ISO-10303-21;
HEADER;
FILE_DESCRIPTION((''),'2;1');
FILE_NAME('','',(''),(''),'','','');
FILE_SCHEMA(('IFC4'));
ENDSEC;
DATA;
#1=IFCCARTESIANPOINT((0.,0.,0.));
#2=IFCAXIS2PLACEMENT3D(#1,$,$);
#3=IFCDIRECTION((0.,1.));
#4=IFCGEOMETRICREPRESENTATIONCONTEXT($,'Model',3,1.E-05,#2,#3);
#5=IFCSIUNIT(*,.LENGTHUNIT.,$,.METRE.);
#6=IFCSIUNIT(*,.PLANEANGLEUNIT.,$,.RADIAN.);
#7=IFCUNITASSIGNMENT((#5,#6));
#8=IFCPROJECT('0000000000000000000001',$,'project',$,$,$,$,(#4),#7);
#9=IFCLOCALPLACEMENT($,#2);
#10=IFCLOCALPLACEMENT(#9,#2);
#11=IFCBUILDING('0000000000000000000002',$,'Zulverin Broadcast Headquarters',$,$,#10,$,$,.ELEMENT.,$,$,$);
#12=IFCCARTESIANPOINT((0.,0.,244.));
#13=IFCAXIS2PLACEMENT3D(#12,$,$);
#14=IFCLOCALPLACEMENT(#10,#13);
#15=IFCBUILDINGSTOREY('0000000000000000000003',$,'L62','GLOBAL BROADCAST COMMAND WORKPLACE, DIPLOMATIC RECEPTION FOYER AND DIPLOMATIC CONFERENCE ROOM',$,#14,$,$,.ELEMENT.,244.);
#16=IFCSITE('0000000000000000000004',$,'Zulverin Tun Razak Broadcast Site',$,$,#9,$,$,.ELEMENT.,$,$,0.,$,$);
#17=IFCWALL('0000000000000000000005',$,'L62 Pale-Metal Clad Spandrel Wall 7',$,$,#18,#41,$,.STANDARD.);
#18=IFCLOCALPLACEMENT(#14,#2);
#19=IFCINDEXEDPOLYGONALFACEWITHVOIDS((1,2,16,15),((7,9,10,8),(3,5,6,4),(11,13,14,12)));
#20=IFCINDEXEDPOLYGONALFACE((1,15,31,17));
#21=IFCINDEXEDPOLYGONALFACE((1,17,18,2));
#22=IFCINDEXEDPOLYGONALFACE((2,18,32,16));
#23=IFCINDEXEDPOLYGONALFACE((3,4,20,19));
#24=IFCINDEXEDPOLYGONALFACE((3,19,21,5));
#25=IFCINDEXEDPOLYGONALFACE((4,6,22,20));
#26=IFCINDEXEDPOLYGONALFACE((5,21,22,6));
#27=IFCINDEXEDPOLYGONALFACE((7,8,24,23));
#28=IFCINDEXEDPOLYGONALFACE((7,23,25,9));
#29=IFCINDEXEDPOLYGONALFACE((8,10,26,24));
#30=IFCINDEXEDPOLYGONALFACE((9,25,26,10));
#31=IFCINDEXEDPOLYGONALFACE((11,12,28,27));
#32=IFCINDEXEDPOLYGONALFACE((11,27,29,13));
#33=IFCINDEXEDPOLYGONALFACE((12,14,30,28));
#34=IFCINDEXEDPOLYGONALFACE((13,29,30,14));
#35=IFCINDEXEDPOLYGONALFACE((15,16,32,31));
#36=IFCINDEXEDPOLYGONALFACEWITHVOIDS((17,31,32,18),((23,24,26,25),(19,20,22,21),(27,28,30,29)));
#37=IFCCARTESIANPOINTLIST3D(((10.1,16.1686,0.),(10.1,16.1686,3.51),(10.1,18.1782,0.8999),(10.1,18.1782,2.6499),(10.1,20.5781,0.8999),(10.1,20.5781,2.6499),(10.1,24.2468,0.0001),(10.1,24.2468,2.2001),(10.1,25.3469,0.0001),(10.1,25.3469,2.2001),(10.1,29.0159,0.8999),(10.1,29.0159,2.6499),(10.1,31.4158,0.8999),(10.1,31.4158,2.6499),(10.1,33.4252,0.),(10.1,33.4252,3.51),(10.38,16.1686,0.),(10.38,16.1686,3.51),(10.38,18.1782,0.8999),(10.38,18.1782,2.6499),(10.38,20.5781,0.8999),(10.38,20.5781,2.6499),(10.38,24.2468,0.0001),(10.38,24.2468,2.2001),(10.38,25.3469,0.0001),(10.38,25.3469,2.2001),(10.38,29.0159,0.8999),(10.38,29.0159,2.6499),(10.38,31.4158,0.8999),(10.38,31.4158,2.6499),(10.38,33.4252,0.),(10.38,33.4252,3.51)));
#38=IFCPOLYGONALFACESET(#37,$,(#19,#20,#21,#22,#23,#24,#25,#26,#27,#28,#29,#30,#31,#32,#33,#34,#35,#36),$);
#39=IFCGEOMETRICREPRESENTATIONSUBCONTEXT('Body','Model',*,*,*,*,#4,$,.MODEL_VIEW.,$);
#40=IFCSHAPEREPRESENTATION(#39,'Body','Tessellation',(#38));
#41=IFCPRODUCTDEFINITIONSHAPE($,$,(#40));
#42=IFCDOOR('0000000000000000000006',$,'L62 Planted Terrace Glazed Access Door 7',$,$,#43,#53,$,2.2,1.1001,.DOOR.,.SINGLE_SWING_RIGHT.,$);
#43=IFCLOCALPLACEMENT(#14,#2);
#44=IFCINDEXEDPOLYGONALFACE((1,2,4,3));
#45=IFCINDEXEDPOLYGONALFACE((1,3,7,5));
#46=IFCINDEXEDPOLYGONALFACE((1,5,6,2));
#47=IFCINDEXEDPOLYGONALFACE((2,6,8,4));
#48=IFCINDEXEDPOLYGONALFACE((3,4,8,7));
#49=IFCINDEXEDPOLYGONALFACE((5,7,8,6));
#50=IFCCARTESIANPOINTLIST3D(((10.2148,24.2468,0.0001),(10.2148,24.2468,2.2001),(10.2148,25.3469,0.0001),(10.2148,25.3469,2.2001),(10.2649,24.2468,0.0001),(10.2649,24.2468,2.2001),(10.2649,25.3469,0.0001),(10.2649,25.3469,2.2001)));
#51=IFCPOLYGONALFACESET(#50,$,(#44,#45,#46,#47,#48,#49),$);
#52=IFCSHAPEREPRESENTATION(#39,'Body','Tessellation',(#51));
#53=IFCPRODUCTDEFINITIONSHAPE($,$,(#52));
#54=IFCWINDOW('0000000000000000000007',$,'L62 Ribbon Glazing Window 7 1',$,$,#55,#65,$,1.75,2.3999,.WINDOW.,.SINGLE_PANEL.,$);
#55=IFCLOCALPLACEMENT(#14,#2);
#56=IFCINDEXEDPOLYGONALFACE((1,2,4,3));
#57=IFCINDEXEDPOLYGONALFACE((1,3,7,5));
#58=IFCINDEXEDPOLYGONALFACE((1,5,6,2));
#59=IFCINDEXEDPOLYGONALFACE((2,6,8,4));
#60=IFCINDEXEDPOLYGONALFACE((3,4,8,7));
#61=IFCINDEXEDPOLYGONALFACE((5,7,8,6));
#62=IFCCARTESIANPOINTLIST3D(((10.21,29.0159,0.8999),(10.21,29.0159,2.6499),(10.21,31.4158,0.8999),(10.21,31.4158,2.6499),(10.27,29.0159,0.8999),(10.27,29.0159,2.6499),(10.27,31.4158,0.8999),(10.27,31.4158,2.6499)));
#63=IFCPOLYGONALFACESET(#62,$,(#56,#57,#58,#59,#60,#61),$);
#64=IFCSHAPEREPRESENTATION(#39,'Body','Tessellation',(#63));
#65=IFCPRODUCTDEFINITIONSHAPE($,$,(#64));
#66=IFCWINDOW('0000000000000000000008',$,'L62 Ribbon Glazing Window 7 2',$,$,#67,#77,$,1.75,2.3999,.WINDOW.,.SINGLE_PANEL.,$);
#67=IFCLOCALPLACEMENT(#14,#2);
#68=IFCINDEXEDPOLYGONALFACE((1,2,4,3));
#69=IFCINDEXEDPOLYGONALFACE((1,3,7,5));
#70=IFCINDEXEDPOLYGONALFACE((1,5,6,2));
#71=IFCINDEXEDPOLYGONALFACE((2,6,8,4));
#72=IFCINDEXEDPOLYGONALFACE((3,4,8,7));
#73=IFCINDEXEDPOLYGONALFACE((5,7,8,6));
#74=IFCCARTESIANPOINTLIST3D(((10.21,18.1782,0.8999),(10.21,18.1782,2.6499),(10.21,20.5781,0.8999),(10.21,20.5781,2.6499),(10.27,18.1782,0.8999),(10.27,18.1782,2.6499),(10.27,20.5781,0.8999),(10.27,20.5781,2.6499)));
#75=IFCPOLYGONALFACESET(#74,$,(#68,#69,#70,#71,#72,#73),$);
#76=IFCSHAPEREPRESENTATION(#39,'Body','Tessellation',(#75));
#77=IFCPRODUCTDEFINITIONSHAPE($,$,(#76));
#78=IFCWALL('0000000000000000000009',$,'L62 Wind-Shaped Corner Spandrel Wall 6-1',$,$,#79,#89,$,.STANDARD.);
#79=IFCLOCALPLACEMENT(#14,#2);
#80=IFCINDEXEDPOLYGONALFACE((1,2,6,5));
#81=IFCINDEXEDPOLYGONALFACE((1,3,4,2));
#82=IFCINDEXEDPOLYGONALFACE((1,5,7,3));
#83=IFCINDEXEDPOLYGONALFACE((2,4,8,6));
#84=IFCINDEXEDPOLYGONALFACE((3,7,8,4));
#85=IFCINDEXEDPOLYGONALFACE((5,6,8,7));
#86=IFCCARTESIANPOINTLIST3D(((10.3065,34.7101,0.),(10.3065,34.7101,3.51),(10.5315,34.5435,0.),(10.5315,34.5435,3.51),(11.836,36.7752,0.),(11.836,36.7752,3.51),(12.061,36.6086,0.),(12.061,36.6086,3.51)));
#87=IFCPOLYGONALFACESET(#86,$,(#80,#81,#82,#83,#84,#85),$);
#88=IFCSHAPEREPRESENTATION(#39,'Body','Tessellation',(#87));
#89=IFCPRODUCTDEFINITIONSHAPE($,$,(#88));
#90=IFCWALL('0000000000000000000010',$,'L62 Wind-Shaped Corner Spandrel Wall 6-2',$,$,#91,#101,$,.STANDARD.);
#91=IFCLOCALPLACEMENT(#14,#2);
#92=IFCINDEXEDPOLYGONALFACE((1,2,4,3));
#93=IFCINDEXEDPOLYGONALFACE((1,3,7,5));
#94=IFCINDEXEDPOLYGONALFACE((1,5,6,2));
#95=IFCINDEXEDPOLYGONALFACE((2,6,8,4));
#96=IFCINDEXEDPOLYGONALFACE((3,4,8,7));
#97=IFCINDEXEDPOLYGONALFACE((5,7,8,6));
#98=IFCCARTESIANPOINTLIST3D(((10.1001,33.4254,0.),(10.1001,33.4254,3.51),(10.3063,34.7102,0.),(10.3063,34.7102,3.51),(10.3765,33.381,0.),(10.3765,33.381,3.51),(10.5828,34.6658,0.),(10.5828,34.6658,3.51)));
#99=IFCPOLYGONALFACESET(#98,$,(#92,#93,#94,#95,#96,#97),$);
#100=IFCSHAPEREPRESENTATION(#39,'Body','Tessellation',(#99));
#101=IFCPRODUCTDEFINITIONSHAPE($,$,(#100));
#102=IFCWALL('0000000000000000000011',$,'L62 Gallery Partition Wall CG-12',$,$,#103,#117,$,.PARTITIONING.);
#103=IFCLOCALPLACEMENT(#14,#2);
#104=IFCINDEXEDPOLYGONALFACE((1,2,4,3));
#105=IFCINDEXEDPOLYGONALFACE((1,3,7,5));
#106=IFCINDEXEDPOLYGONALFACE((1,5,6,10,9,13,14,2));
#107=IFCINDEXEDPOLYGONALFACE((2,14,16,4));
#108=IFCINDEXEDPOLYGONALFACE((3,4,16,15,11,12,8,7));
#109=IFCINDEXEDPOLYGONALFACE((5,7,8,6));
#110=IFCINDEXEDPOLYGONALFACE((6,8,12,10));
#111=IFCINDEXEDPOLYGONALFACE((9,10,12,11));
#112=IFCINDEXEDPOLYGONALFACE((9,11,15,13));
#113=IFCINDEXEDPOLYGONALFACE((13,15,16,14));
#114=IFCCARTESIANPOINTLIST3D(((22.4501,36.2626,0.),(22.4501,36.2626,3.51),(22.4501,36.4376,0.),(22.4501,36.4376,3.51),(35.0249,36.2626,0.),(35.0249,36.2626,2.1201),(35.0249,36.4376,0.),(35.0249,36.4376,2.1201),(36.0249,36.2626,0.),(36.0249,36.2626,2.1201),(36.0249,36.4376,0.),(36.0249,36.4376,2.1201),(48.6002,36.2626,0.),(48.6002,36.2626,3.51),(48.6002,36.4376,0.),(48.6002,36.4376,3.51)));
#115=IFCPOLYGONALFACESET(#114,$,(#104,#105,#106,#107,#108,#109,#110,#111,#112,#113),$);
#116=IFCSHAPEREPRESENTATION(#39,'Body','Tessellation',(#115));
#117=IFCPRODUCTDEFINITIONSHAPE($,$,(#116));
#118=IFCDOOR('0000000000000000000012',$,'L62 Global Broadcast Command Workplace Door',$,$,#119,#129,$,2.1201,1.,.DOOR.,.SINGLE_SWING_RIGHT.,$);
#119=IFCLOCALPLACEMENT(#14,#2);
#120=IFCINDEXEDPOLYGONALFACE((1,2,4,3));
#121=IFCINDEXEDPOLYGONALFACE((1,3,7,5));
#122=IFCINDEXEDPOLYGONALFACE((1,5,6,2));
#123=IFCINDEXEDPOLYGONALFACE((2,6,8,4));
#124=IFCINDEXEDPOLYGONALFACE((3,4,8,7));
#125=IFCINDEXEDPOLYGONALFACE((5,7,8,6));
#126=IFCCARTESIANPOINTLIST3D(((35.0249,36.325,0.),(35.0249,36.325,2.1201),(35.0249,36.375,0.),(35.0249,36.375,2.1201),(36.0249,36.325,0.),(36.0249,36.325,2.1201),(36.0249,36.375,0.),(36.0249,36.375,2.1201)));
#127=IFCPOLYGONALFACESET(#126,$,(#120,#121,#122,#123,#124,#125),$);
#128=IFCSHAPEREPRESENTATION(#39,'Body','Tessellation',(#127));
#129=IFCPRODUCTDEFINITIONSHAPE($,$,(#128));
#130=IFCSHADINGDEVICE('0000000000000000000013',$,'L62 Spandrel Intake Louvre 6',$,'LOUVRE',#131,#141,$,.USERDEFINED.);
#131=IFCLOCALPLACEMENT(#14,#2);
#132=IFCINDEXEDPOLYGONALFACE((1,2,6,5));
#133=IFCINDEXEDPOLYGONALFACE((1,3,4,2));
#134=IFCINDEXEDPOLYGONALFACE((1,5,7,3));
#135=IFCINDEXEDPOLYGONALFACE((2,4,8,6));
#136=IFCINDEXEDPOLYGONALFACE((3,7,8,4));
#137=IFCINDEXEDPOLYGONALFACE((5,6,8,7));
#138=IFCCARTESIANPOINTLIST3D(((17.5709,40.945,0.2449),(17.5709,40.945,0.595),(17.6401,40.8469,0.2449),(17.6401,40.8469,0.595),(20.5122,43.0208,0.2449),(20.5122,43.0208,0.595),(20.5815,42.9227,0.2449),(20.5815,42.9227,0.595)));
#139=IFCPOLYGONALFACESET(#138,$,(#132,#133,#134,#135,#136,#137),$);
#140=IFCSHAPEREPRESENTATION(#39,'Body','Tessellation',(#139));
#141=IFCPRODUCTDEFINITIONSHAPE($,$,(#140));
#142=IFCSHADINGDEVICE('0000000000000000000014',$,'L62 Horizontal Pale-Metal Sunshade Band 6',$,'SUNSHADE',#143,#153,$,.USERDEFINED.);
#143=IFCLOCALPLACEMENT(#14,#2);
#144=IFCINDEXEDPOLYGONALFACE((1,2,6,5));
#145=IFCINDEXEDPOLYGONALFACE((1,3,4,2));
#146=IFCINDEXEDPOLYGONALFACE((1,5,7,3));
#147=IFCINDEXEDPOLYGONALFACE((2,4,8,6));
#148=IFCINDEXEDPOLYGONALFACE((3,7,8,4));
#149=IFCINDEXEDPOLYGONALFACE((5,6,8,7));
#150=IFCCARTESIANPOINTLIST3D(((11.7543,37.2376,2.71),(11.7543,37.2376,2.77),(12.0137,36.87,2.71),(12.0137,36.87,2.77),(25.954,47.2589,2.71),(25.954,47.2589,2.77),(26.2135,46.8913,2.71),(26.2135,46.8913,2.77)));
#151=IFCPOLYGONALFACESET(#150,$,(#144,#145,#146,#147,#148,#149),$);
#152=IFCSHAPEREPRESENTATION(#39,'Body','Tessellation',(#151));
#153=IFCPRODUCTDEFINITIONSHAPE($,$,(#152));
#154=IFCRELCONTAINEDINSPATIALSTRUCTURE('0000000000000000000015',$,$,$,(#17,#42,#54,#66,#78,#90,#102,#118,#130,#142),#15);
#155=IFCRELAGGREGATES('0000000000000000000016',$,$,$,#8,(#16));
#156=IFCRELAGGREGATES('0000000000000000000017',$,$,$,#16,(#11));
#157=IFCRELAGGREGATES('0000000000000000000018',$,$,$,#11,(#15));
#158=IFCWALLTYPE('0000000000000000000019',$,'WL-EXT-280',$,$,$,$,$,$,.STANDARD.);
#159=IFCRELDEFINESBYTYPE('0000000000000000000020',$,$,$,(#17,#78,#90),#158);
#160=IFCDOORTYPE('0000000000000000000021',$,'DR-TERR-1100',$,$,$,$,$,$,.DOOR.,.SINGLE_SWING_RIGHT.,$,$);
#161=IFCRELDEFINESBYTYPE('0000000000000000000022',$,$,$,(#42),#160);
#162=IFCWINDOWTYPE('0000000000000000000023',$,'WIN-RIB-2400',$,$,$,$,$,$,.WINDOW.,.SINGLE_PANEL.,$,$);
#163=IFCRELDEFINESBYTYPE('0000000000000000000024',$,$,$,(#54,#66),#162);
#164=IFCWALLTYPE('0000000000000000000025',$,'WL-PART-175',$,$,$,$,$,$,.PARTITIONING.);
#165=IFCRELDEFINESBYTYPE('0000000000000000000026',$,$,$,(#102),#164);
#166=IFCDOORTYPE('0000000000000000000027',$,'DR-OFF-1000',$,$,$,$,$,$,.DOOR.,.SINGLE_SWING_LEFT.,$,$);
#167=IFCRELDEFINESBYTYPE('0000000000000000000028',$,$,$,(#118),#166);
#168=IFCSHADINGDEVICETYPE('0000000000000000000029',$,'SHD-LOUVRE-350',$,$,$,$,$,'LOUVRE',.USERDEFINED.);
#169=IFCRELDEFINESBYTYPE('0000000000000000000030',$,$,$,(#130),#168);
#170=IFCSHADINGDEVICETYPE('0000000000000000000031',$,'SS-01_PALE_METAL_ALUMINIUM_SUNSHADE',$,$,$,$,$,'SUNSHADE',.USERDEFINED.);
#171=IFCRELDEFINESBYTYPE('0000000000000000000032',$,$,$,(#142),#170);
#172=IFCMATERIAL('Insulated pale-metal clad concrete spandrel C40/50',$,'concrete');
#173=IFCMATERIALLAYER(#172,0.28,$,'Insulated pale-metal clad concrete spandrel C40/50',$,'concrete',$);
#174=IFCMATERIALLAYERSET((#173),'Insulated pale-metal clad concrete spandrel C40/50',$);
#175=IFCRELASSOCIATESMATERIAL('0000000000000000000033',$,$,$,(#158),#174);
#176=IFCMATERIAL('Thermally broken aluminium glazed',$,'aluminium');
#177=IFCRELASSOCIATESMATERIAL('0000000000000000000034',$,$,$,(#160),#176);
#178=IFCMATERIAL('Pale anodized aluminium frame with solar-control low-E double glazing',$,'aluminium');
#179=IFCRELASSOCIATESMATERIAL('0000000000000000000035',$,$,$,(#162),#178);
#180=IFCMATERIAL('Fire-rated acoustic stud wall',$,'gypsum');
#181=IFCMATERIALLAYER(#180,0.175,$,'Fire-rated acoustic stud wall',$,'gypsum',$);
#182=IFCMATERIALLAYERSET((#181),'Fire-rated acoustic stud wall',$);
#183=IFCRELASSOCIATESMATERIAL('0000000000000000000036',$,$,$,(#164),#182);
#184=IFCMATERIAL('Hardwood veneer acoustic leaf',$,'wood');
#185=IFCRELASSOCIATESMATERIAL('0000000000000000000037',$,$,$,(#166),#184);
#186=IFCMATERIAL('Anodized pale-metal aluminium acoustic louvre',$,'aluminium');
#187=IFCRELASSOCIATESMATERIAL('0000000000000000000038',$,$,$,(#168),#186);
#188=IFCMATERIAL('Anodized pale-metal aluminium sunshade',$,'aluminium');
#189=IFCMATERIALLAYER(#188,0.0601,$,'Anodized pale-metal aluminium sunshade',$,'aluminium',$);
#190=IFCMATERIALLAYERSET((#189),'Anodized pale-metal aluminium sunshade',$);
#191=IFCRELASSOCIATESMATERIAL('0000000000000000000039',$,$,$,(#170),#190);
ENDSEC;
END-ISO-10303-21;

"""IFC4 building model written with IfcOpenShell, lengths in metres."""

from ifc_helpers import new_model, si_unit, direction, frame, frame_2d, origin, origin_2d, place, context, subcontext, project, spatial, rectangle, extrude, material, layer, layer_set, type_object, element, fill, save


model = new_model("IFC4")

# Units and contexts
model_context = context("Model", 3, precision=1e-05, world=origin(), true_north=direction((0.0, 1.0)))
body_context = subcontext(model_context, "Body", "Model", "MODEL_VIEW")
ifc_project = project(units=[si_unit("LENGTHUNIT", "METRE"), si_unit("PLANEANGLEUNIT", "RADIAN")], contexts=[model_context])

# Site, building, storey
site_placement = place(None, origin())
site = spatial("IfcSite", under=ifc_project, at=site_placement, Name="Zulverin Tun Razak Broadcast Site", CompositionType="ELEMENT", RefElevation=0.0)
building_placement = place(site_placement, origin())
building = spatial("IfcBuilding", under=site, at=building_placement, Name="Zulverin Broadcast Headquarters", CompositionType="ELEMENT")
storey_placement = place(building_placement, frame((0.0, 0.0, 244.0)))
storey = spatial("IfcBuildingStorey", under=building, at=storey_placement, Name="L62", Description="GLOBAL BROADCAST COMMAND WORKPLACE, DIPLOMATIC RECEPTION FOYER AND DIPLOMATIC CONFERENCE ROOM", CompositionType="ELEMENT", Elevation=244.0)

# Wall, openings, door, windows
ifc_material_1 = material(Name="Insulated pale-metal clad concrete spandrel C40/50", Category="concrete")
ifc_layer_1 = layer(ifc_material_1, 0.28, Name="Insulated pale-metal clad concrete spandrel C40/50", Category="concrete")
ifc_layer_set_1 = layer_set([ifc_layer_1], Name="Insulated pale-metal clad concrete spandrel C40/50")
wall_type_1 = type_object("IfcWallType", Name="WL-EXT-280", PredefinedType="STANDARD", material=ifc_layer_set_1)
wall_1_placement = place(storey_placement, frame((10.24, 33.4253, 0.0), z_axis=(0.0, 0.0, 1.0), x_axis=(0.0, -1.0, 0.0)))
wall_1 = element("IfcWall", 1, at=wall_1_placement, inside=storey, type_object=wall_type_1, Name="L62 Pale-Metal Clad Spandrel Wall 7", PredefinedType="STANDARD", context=body_context, shape_type="SweptSolid", body=[
    extrude(rectangle(XDim=17.2566, YDim=0.28, at=frame_2d((8.6284, 0.0))), origin(), (0.0, 0.0, 1.0), 3.51),
])
opening_1_placement = place(wall_1_placement, frame((8.0784, 0.0, 0.0)))
opening_1 = element("IfcOpeningElement", 2, at=opening_1_placement, cuts=wall_1, PredefinedType="OPENING", context=body_context, shape_type="SweptSolid", body=[
    extrude(rectangle(XDim=1.1001, YDim=2.2, at=frame_2d((0.55, 1.1001))), frame((0.0, 0.1499, 0.0), z_axis=(0.0, -1.0, 0.0), x_axis=(1.0, 0.0, 0.0)), (0.0, 0.0, 1.0), 0.3),
])
opening_2_placement = place(wall_1_placement, frame((2.0095, 0.0, 0.8999)))
opening_2 = element("IfcOpeningElement", 3, at=opening_2_placement, cuts=wall_1, PredefinedType="OPENING", context=body_context, shape_type="SweptSolid", body=[
    extrude(rectangle(XDim=2.3999, YDim=1.75, at=frame_2d((1.2, 0.875))), frame((0.0, 0.1499, 0.0), z_axis=(0.0, -1.0, 0.0), x_axis=(1.0, 0.0, 0.0)), (0.0, 0.0, 1.0), 0.3),
])
opening_3_placement = place(wall_1_placement, frame((12.8472, 0.0, 0.8999)))
opening_3 = element("IfcOpeningElement", 4, at=opening_3_placement, cuts=wall_1, PredefinedType="OPENING", context=body_context, shape_type="SweptSolid", body=[
    extrude(rectangle(XDim=2.3999, YDim=1.75, at=frame_2d((1.2, 0.875))), frame((0.0, 0.1499, 0.0), z_axis=(0.0, -1.0, 0.0), x_axis=(1.0, 0.0, 0.0)), (0.0, 0.0, 1.0), 0.3),
])
ifc_material_2 = material(Name="Thermally broken aluminium glazed", Category="aluminium")
door_type_1 = type_object("IfcDoorType", Name="DR-TERR-1100", OperationType="SINGLE_SWING_RIGHT", PredefinedType="DOOR", material=ifc_material_2)
door_1_placement = place(opening_1_placement, origin())
door_1 = element("IfcDoor", 5, at=door_1_placement, inside=storey, type_object=door_type_1, Name="L62 Planted Terrace Glazed Access Door 7", OperationType="SINGLE_SWING_RIGHT", OverallHeight=2.2, OverallWidth=1.1001, PredefinedType="DOOR", context=body_context, shape_type="SweptSolid", body=[
    extrude(rectangle(XDim=1.1001, YDim=2.2, at=frame_2d((0.55, 1.1001))), frame((0.0, 0.0249, 0.0), z_axis=(0.0, -1.0, 0.0), x_axis=(1.0, 0.0, 0.0)), (0.0, 0.0, 1.0), 0.05),
])
fill(opening_1, door_1)
ifc_material_3 = material(Name="Pale anodized aluminium frame with solar-control low-E double glazing", Category="aluminium")
window_type = type_object("IfcWindowType", Name="WIN-RIB-2400", PartitioningType="SINGLE_PANEL", PredefinedType="WINDOW", material=ifc_material_3)
window_1_placement = place(opening_2_placement, origin())
window_1 = element("IfcWindow", 6, at=window_1_placement, inside=storey, type_object=window_type, Name="L62 Ribbon Glazing Window 7 1", OverallHeight=1.75, OverallWidth=2.3999, PartitioningType="SINGLE_PANEL", PredefinedType="WINDOW", context=body_context, shape_type="SweptSolid", body=[
    extrude(rectangle(XDim=2.3999, YDim=1.75, at=frame_2d((1.2, 0.875))), frame((0.0, 0.03, 0.0), z_axis=(0.0, -1.0, 0.0), x_axis=(1.0, 0.0, 0.0)), (0.0, 0.0, 1.0), 0.0601),
])
fill(opening_2, window_1)
window_2_placement = place(opening_3_placement, origin())
window_2 = element("IfcWindow", 7, at=window_2_placement, inside=storey, type_object=window_type, Name="L62 Ribbon Glazing Window 7 2", OverallHeight=1.75, OverallWidth=2.3999, PartitioningType="SINGLE_PANEL", PredefinedType="WINDOW", context=body_context, shape_type="SweptSolid", body=[
    extrude(rectangle(XDim=2.3999, YDim=1.75, at=frame_2d((1.2, 0.875))), frame((0.0, 0.03, 0.0), z_axis=(0.0, -1.0, 0.0), x_axis=(1.0, 0.0, 0.0)), (0.0, 0.0, 1.0), 0.0601),
])
fill(opening_3, window_2)

# Walls
wall_2_placement = place(storey_placement, frame((11.9485, 36.6919, 0.0), z_axis=(0.0, 0.0, 1.0), x_axis=(-0.595171, -0.803599, 0.0)))
element("IfcWall", 8, at=wall_2_placement, inside=storey, type_object=wall_type_1, Name="L62 Wind-Shaped Corner Spandrel Wall 6-1", PredefinedType="STANDARD", context=body_context, shape_type="SweptSolid", body=[
    extrude(rectangle(XDim=2.5698, YDim=0.28, at=frame_2d((1.2849, 0.0))), origin(), (0.0, 0.0, 1.0), 3.51),
])
wall_3_placement = place(storey_placement, frame((10.4446, 34.688, 0.0), z_axis=(0.0, 0.0, 1.0), x_axis=(-0.158525, -0.987355, 0.0)))
element("IfcWall", 9, at=wall_3_placement, inside=storey, type_object=wall_type_1, Name="L62 Wind-Shaped Corner Spandrel Wall 6-2", PredefinedType="STANDARD", context=body_context, shape_type="SweptSolid", body=[
    extrude(rectangle(XDim=1.3013, YDim=0.28, at=frame_2d((0.6506, 0.0))), origin(), (0.0, 0.0, 1.0), 3.51),
])

# Wall, opening, door
ifc_material_4 = material(Name="Fire-rated acoustic stud wall", Category="gypsum")
ifc_layer_2 = layer(ifc_material_4, 0.175, Name="Fire-rated acoustic stud wall", Category="gypsum")
ifc_layer_set_2 = layer_set([ifc_layer_2], Name="Fire-rated acoustic stud wall")
wall_type_2 = type_object("IfcWallType", Name="WL-PART-175", PredefinedType="PARTITIONING", material=ifc_layer_set_2)
wall_4_placement = place(storey_placement, frame((22.45, 36.3501, 0.0), z_axis=(0.0, 0.0, 1.0), x_axis=(1.0, 0.0, 0.0)))
wall_4 = element("IfcWall", 10, at=wall_4_placement, inside=storey, type_object=wall_type_2, Name="L62 Gallery Partition Wall CG-12", PredefinedType="PARTITIONING", context=body_context, shape_type="SweptSolid", body=[
    extrude(rectangle(XDim=26.1501, YDim=0.175, at=frame_2d((13.0752, 0.0))), origin(), (0.0, 0.0, 1.0), 3.51),
])
opening_4_placement = place(wall_4_placement, frame((12.575, 0.0, 0.0)))
opening_4 = element("IfcOpeningElement", 11, at=opening_4_placement, cuts=wall_4, PredefinedType="OPENING", context=body_context, shape_type="SweptSolid", body=[
    extrude(rectangle(XDim=1.0, YDim=2.1201, at=frame_2d((0.5, 1.0601))), frame((0.0, 0.0974, 0.0), z_axis=(0.0, -1.0, 0.0), x_axis=(1.0, 0.0, 0.0)), (0.0, 0.0, 1.0), 0.1951),
])
ifc_material_5 = material(Name="Hardwood veneer acoustic leaf", Category="wood")
door_type_2 = type_object("IfcDoorType", Name="DR-OFF-1000", OperationType="SINGLE_SWING_LEFT", PredefinedType="DOOR", material=ifc_material_5)
door_2_placement = place(opening_4_placement, origin())
door_2 = element("IfcDoor", 12, at=door_2_placement, inside=storey, type_object=door_type_2, Name="L62 Global Broadcast Command Workplace Door", OperationType="SINGLE_SWING_RIGHT", OverallHeight=2.1201, OverallWidth=1.0, PredefinedType="DOOR", context=body_context, shape_type="SweptSolid", body=[
    extrude(rectangle(XDim=1.0, YDim=2.1201, at=frame_2d((0.5, 1.0601))), frame((0.0, 0.0249, 0.0), z_axis=(0.0, -1.0, 0.0), x_axis=(1.0, 0.0, 0.0)), (0.0, 0.0, 1.0), 0.05),
])
fill(opening_4, door_2)

# Shading devices
ifc_material_6 = material(Name="Anodized pale-metal aluminium acoustic louvre", Category="aluminium")
shading_device_type_1 = type_object("IfcShadingDeviceType", Name="SHD-LOUVRE-350", ElementType="LOUVRE", PredefinedType="USERDEFINED", material=ifc_material_6)
shading_device_1_placement = place(storey_placement, frame((19.0762, 41.9338, 0.2449), z_axis=(0.0, 0.0, 1.0), x_axis=(-0.817023, -0.576605, 0.0)))
element("IfcShadingDevice", 13, at=shading_device_1_placement, inside=storey, type_object=shading_device_type_1, Name="L62 Spandrel Intake Louvre 6", ObjectType="LOUVRE", PredefinedType="USERDEFINED", context=body_context, shape_type="SweptSolid", body=[
    extrude(rectangle(XDim=3.6001, YDim=0.1201, at=origin_2d()), origin(), (0.0, 0.0, 1.0), 0.3501),
])
ifc_material_7 = material(Name="Anodized pale-metal aluminium sunshade", Category="aluminium")
ifc_layer_3 = layer(ifc_material_7, 0.0601, Name="Anodized pale-metal aluminium sunshade", Category="aluminium")
ifc_layer_set_3 = layer_set([ifc_layer_3], Name="Anodized pale-metal aluminium sunshade")
shading_device_type_2 = type_object("IfcShadingDeviceType", Name="SS-01_PALE_METAL_ALUMINIUM_SUNSHADE", ElementType="SUNSHADE", PredefinedType="USERDEFINED", material=ifc_layer_set_3)
shading_device_2_placement = place(storey_placement, frame((18.9839, 42.0645, 2.71), z_axis=(0.0, 0.0, 1.0), x_axis=(-0.817023, -0.576605, 0.0)))
element("IfcShadingDevice", 14, at=shading_device_2_placement, inside=storey, type_object=shading_device_type_2, Name="L62 Horizontal Pale-Metal Sunshade Band 6", ObjectType="SUNSHADE", PredefinedType="USERDEFINED", context=body_context, shape_type="SweptSolid", body=[
    extrude(rectangle(XDim=17.3799, YDim=0.45, at=origin_2d()), origin(), (0.0, 0.0, 1.0), 0.0601),
])

save(model, "model.ifc")
